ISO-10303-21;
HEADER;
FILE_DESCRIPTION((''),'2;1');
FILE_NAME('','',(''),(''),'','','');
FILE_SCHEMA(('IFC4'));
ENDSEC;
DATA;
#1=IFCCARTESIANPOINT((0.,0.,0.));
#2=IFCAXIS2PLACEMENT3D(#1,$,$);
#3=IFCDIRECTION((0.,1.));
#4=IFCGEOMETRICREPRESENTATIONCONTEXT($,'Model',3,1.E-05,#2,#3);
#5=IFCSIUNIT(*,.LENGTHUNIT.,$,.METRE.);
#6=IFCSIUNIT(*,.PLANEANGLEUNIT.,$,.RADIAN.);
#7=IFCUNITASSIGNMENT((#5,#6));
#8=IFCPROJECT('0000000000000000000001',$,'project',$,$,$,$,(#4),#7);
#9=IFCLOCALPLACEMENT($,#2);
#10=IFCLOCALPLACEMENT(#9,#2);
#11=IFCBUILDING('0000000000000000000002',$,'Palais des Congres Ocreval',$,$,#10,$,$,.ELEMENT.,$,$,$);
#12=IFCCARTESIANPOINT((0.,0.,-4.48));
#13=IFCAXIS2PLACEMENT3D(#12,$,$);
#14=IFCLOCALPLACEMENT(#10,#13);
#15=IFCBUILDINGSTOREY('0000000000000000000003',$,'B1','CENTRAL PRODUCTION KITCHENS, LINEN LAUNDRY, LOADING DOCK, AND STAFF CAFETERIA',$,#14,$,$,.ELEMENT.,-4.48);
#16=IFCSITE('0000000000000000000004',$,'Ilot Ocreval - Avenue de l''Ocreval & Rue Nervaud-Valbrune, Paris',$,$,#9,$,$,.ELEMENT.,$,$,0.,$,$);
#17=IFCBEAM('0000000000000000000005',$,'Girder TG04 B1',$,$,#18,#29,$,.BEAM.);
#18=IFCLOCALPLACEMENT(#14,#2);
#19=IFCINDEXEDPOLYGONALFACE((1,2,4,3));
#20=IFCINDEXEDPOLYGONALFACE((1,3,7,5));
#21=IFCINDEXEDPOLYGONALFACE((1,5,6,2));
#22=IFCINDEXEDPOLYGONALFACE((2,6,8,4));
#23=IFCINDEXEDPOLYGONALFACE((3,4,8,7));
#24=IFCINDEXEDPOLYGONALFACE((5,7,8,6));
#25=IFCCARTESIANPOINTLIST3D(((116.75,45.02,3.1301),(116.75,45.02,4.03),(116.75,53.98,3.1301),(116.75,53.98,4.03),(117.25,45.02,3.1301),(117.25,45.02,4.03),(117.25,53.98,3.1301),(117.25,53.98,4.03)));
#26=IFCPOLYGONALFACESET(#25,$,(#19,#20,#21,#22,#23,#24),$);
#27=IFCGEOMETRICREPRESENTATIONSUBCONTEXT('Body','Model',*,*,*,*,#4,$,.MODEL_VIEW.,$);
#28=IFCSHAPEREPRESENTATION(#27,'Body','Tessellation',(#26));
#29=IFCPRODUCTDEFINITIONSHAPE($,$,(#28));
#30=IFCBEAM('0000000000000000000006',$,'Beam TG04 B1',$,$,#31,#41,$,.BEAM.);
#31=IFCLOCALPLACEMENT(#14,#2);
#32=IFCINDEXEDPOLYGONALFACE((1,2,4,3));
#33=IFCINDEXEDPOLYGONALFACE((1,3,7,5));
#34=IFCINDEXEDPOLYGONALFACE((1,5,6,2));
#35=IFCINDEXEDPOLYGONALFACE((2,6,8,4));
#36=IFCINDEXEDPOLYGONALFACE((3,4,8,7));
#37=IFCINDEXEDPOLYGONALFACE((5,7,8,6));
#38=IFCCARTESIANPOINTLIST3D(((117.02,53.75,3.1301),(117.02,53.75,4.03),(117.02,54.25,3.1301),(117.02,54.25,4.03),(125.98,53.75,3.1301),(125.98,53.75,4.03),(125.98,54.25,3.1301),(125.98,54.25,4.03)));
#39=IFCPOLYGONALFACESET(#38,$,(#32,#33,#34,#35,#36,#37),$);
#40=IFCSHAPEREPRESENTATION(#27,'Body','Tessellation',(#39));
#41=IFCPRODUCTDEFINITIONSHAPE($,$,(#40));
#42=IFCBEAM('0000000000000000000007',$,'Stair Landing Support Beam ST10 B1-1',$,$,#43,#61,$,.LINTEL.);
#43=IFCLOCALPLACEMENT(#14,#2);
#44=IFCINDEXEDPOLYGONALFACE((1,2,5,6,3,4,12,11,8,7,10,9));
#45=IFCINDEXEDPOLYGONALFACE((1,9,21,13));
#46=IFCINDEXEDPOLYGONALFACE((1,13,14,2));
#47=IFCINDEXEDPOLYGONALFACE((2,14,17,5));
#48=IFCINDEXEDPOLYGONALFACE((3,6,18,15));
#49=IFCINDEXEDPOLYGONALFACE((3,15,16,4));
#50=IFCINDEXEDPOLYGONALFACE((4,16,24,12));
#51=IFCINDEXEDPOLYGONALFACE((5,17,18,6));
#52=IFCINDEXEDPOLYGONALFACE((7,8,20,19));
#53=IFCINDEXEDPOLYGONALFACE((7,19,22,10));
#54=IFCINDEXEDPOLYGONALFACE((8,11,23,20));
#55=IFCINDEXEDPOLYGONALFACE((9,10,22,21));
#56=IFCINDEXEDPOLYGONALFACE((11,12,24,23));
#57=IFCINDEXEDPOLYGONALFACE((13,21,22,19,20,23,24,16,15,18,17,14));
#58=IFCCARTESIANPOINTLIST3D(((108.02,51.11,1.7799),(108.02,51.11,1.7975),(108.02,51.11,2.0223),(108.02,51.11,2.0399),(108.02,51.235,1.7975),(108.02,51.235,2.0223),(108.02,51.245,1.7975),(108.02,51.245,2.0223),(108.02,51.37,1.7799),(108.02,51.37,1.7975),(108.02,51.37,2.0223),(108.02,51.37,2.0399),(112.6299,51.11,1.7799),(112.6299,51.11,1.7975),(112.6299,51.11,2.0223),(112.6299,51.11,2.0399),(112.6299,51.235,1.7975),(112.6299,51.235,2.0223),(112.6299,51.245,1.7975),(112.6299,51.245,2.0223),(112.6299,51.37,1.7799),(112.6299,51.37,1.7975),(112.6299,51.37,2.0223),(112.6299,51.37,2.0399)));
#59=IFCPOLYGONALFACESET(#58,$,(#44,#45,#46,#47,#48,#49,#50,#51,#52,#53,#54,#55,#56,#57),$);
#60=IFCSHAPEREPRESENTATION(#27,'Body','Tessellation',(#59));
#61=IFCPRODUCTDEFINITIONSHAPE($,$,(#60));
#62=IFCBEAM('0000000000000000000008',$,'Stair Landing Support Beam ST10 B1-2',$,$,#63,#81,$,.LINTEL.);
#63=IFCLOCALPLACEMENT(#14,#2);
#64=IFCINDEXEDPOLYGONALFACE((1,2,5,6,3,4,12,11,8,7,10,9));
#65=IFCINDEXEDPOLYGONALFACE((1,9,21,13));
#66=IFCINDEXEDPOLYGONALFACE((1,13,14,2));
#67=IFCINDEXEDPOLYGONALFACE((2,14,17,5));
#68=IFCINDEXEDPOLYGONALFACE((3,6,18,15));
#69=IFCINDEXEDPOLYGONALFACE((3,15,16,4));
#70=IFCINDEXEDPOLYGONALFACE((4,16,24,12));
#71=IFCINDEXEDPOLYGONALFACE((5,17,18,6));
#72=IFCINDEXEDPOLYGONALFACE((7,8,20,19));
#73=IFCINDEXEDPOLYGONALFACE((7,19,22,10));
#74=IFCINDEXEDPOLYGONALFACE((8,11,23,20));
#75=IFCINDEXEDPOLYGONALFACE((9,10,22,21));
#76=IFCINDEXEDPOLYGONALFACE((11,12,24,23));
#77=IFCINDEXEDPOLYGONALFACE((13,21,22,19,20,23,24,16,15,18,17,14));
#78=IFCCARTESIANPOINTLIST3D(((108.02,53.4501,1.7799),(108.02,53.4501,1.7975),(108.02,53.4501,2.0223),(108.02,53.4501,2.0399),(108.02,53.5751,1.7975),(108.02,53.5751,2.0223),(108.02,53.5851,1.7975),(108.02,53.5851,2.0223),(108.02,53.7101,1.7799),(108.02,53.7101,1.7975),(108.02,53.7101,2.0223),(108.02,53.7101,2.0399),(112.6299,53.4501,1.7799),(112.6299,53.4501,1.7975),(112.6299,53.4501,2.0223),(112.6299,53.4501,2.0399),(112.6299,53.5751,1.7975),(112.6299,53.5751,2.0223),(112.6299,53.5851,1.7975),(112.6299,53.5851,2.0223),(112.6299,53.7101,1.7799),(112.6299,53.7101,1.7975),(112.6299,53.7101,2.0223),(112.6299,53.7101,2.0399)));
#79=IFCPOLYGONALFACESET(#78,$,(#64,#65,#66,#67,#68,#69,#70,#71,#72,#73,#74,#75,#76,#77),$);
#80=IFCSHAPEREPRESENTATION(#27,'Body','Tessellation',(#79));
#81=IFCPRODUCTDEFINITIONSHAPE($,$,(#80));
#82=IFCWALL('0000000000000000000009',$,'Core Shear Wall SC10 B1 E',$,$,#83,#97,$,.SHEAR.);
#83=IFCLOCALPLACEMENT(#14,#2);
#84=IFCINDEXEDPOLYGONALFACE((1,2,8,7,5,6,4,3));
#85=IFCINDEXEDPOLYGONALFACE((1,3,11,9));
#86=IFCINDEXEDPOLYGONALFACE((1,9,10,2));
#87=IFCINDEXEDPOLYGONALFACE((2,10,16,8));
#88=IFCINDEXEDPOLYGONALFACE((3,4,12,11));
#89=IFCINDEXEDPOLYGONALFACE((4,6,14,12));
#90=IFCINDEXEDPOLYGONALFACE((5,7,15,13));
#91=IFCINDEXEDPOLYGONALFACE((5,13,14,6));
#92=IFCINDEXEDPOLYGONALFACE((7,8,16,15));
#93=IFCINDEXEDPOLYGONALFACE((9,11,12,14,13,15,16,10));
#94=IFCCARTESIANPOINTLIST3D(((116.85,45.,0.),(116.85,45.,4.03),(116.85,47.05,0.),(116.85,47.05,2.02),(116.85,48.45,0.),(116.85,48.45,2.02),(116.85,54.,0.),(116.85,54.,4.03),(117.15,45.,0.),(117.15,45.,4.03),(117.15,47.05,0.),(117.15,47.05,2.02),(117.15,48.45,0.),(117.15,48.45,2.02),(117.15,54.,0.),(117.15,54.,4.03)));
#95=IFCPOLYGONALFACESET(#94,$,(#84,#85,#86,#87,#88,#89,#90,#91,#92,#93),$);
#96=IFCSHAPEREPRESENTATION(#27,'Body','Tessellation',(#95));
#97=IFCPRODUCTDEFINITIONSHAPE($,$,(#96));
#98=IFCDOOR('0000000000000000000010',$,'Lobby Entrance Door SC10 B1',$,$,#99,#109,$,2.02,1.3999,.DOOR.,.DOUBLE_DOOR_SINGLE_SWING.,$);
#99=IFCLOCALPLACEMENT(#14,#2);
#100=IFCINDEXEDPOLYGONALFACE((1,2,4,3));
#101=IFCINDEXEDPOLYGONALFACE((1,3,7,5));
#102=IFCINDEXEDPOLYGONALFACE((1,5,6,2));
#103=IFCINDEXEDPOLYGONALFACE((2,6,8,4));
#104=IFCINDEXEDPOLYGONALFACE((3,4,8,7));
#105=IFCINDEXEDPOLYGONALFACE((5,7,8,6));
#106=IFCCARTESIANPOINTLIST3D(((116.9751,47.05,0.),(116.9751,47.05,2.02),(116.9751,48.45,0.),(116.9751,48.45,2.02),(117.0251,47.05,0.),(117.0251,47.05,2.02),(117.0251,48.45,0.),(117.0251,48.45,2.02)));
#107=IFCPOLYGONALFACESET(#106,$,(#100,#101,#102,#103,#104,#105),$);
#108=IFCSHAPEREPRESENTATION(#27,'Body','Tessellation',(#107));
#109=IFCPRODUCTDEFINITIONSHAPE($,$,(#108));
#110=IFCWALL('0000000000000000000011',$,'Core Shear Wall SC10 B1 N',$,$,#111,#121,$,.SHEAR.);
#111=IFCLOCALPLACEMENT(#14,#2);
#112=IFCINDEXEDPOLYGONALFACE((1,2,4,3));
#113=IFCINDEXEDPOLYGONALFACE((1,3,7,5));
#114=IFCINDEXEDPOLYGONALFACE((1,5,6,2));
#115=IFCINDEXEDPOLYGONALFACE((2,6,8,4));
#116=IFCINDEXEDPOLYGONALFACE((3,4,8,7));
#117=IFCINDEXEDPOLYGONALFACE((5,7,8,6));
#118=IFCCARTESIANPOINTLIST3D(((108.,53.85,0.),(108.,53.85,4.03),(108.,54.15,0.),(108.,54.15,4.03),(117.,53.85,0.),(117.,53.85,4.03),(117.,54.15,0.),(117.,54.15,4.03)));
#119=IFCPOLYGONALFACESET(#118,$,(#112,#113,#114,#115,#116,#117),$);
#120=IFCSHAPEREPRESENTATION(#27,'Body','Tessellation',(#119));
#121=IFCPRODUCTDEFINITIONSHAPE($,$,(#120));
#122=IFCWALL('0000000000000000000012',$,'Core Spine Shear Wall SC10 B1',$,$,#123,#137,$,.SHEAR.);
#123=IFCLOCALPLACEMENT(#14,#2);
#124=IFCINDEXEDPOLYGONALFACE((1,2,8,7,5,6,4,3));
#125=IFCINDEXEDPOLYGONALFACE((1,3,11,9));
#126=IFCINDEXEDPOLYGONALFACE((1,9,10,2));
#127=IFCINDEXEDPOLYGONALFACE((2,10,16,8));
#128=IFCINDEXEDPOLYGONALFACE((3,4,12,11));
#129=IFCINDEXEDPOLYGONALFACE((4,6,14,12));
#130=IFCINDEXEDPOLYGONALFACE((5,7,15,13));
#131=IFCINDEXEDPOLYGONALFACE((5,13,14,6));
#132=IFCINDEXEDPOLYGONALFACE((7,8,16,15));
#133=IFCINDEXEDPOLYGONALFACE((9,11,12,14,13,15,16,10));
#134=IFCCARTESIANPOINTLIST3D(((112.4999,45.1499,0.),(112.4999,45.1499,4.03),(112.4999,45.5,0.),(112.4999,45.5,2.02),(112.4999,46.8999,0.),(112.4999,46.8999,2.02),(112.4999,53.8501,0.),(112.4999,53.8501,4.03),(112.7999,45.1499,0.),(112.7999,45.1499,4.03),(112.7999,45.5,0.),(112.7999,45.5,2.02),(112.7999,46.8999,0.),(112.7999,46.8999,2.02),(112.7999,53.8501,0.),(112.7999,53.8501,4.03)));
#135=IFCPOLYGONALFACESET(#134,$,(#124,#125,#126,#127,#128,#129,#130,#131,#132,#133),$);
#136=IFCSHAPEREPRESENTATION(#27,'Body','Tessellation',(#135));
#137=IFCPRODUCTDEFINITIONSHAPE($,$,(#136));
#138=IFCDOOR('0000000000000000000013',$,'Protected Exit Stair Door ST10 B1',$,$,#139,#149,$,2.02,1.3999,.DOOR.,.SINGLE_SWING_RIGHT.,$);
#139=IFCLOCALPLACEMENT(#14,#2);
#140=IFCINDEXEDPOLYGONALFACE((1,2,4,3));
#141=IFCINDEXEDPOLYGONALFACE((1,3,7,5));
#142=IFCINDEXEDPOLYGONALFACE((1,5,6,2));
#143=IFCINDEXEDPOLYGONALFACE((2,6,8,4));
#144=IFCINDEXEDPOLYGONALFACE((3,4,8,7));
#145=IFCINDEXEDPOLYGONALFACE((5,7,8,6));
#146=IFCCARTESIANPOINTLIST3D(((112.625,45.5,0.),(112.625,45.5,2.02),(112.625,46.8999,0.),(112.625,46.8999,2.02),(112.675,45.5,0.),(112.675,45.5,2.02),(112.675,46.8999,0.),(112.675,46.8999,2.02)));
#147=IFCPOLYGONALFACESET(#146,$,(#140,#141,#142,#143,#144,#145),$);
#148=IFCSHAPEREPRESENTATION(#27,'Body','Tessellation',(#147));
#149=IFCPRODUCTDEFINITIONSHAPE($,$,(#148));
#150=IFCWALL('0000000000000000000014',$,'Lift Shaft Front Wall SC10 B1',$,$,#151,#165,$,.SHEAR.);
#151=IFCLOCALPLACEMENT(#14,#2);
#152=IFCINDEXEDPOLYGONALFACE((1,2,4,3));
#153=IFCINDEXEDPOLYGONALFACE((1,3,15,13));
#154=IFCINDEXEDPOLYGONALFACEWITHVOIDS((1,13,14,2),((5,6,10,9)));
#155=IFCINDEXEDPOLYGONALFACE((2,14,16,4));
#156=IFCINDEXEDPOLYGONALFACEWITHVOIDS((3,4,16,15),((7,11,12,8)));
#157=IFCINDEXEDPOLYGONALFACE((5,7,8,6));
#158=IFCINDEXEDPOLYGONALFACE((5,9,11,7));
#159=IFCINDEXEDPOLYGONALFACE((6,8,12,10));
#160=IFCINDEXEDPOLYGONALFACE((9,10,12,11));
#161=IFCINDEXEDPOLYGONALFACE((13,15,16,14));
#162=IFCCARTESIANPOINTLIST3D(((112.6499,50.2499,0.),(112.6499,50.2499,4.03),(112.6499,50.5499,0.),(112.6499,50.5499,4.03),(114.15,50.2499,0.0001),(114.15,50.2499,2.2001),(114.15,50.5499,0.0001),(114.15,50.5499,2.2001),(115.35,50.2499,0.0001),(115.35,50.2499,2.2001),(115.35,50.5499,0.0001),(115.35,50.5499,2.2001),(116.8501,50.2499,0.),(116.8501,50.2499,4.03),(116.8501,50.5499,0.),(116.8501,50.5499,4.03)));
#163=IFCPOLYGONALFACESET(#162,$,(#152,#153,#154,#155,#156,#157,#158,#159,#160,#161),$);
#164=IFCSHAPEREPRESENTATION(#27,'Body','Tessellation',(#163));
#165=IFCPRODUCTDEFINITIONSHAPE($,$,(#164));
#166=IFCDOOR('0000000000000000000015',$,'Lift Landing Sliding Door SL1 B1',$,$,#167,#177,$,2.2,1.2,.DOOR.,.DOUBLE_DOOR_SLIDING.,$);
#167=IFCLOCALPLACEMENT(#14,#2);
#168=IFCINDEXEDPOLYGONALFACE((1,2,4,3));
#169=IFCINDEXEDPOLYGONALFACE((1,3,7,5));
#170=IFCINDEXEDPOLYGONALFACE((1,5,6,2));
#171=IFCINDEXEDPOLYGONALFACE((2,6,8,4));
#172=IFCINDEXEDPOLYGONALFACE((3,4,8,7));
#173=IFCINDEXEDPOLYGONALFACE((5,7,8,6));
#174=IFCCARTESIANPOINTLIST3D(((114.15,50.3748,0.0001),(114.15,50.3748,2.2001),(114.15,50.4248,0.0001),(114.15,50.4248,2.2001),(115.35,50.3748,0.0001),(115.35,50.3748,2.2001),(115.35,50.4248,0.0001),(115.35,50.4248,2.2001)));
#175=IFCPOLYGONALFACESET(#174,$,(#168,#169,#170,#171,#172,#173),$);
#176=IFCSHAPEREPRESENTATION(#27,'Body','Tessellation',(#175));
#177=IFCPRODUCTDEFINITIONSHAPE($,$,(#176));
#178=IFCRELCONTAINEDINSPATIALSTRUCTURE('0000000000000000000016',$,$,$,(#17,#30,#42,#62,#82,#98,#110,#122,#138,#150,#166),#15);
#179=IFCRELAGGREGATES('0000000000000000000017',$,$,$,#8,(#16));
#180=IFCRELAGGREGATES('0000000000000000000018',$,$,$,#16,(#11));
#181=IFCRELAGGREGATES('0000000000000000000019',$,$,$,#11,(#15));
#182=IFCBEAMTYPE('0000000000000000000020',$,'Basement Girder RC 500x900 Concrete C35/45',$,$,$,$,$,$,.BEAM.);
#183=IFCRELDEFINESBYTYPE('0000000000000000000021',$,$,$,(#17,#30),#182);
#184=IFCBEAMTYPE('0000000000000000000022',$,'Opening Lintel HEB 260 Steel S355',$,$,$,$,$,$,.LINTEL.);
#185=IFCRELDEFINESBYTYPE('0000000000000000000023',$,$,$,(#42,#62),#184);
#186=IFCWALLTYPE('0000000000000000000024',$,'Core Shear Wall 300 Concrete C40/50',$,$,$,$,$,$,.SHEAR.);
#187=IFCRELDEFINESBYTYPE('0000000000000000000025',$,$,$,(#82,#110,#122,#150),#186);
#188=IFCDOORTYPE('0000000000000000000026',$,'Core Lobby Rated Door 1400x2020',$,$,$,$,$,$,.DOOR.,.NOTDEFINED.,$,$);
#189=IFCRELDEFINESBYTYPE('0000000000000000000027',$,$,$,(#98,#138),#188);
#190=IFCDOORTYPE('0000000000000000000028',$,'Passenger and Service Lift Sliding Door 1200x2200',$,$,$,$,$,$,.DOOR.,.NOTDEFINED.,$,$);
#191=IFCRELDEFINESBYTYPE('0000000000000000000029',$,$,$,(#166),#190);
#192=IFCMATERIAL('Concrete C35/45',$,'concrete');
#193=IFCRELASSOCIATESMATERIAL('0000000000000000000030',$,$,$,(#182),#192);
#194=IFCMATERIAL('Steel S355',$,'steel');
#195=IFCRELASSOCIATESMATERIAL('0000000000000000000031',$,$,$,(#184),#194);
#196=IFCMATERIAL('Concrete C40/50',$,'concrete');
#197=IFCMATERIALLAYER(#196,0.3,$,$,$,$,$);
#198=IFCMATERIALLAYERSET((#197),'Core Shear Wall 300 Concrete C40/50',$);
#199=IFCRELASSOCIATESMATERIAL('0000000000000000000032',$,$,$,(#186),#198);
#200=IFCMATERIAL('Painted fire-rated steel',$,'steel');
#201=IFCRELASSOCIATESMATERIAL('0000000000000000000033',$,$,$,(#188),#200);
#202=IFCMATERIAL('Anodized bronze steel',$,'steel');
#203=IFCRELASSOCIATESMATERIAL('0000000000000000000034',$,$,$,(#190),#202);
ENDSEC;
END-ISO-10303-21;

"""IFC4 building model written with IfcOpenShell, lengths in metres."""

from ifc_helpers import new_model, si_unit, direction, frame, frame_2d, origin, origin_2d, place, context, subcontext, project, spatial, rectangle, i_section, extrude, material, layer, layer_set, material_profile, profile_set, type_object, element, fill, save


model = new_model("IFC4")

# Units and contexts
model_context = context("Model", 3, precision=1e-05, world=origin(), true_north=direction((0.0, 1.0)))
body_context = subcontext(model_context, "Body", "Model", "MODEL_VIEW")
ifc_project = project(units=[si_unit("LENGTHUNIT", "METRE"), si_unit("PLANEANGLEUNIT", "RADIAN")], contexts=[model_context])

# Site, building, storey
site_placement = place(None, origin())
site = spatial("IfcSite", under=ifc_project, at=site_placement, Name="Ilot Ocreval - Avenue de l'Ocreval & Rue Nervaud-Valbrune, Paris", CompositionType="ELEMENT", RefElevation=0.0)
building_placement = place(site_placement, origin())
building = spatial("IfcBuilding", under=site, at=building_placement, Name="Palais des Congres Ocreval", CompositionType="ELEMENT")
storey_placement = place(building_placement, frame((0.0, 0.0, -4.48)))
storey = spatial("IfcBuildingStorey", under=building, at=storey_placement, Name="B1", Description="CENTRAL PRODUCTION KITCHENS, LINEN LAUNDRY, LOADING DOCK, AND STAFF CAFETERIA", CompositionType="ELEMENT", Elevation=-4.48)

# Shared definitions
ifc_material_1 = material(Name="Steel S355", Category="steel")

# Beams
ifc_material_2 = material(Name="Concrete C35/45", Category="concrete")
ifc_material_profile_1 = material_profile(ifc_material_2, rectangle(XDim=0.5, YDim=0.8999, at=origin_2d()), Name="RC 500x900")
ifc_profile_set_1 = profile_set([ifc_material_profile_1], Name="Concrete C35/45")
beam_type_1 = type_object("IfcBeamType", Name="Basement Girder RC 500x900 Concrete C35/45", PredefinedType="BEAM", material=ifc_profile_set_1)
for number, where, z_axis, x_axis, name in (
    (1, (117.0, 45.02, 3.5801), (0.0, 1.0, 0.0), (-1.0, 0.0, 0.0), "Girder TG04 B1"),
    (2, (117.02, 54.0, 3.5801), (1.0, 0.0, 0.0), (0.0, 1.0, 0.0), "Beam TG04 B1"),
):
    element("IfcBeam", number, at=place(storey_placement, frame(where, z_axis=z_axis, x_axis=x_axis)), inside=storey, type_object=beam_type_1, Name=name, PredefinedType="BEAM", context=body_context, shape_type="SweptSolid", body=[
        extrude(rectangle(XDim=0.5, YDim=0.8999, at=origin_2d()), origin(), (0.0, 0.0, 1.0), 8.96),
    ])
ifc_material_profile_2 = material_profile(ifc_material_1, i_section(OverallWidth=0.26, OverallDepth=0.26, WebThickness=0.01, FlangeThickness=0.0176, at=origin_2d()), Name="HEB 260")
ifc_profile_set_2 = profile_set([ifc_material_profile_2], Name="Steel S355")
beam_type_2 = type_object("IfcBeamType", Name="Opening Lintel HEB 260 Steel S355", PredefinedType="LINTEL", material=ifc_profile_set_2)
for number, where, z_axis, x_axis, name in (
    (3, (108.02, 51.24, 1.9099), (1.0, 0.0, 0.0), (0.0, 1.0, 0.0), "Stair Landing Support Beam ST10 B1-1"),
    (4, (108.02, 53.5801, 1.9099), (1.0, 0.0, 0.0), (0.0, 1.0, 0.0), "Stair Landing Support Beam ST10 B1-2"),
):
    element("IfcBeam", number, at=place(storey_placement, frame(where, z_axis=z_axis, x_axis=x_axis)), inside=storey, type_object=beam_type_2, Name=name, PredefinedType="LINTEL", context=body_context, shape_type="SweptSolid", body=[
        extrude(i_section(OverallWidth=0.26, OverallDepth=0.26, WebThickness=0.01, FlangeThickness=0.0176, at=origin_2d()), origin(), (0.0, 0.0, 1.0), 4.6099),
    ])

# Wall, opening, door
ifc_material_3 = material(Name="Concrete C40/50", Category="concrete")
ifc_layer_1 = layer(ifc_material_3, 0.3)
ifc_layer_set_1 = layer_set([ifc_layer_1], Name="Core Shear Wall 300 Concrete C40/50")
wall_type_1 = type_object("IfcWallType", Name="Core Shear Wall 300 Concrete C40/50", PredefinedType="SHEAR", material=ifc_layer_set_1)
wall_1_placement = place(storey_placement, frame((117.0, 45.0, 0.0), z_axis=(0.0, 0.0, 1.0), x_axis=(0.0, 1.0, 0.0)))
wall_1 = element("IfcWall", 5, at=wall_1_placement, inside=storey, type_object=wall_type_1, Name="Core Shear Wall SC10 B1 E", PredefinedType="SHEAR", context=body_context, shape_type="SweptSolid", body=[
    extrude(rectangle(XDim=9.0, YDim=0.3, at=frame_2d((4.5, 0.0))), origin(), (0.0, 0.0, 1.0), 4.03),
])
opening_1_placement = place(wall_1_placement, frame((2.05, 0.0, 0.0)))
opening_1 = element("IfcOpeningElement", 6, at=opening_1_placement, cuts=wall_1, PredefinedType="OPENING", context=body_context, shape_type="SweptSolid", body=[
    extrude(rectangle(XDim=1.3999, YDim=2.02, at=frame_2d((0.7, 1.01))), frame((0.0, 0.1599, 0.0), z_axis=(0.0, -1.0, 0.0), x_axis=(1.0, 0.0, 0.0)), (0.0, 0.0, 1.0), 0.3201),
])
ifc_material_4 = material(Name="Painted fire-rated steel", Category="steel")
door_type_1 = type_object("IfcDoorType", Name="Core Lobby Rated Door 1400x2020", OperationType="NOTDEFINED", PredefinedType="DOOR", material=ifc_material_4)
door_1_placement = place(opening_1_placement, origin())
door_1 = element("IfcDoor", 7, at=door_1_placement, inside=storey, type_object=door_type_1, Name="Lobby Entrance Door SC10 B1", OperationType="DOUBLE_DOOR_SINGLE_SWING", OverallHeight=2.02, OverallWidth=1.3999, PredefinedType="DOOR", context=body_context, shape_type="SweptSolid", body=[
    extrude(rectangle(XDim=1.3999, YDim=2.02, at=frame_2d((0.7, 1.01))), frame((0.0, 0.0249, 0.0), z_axis=(0.0, -1.0, 0.0), x_axis=(1.0, 0.0, 0.0)), (0.0, 0.0, 1.0), 0.05),
])
fill(opening_1, door_1)

# Wall
wall_2_placement = place(storey_placement, frame((108.0, 54.0, 0.0), z_axis=(0.0, 0.0, 1.0), x_axis=(1.0, 0.0, 0.0)))
element("IfcWall", 8, at=wall_2_placement, inside=storey, type_object=wall_type_1, Name="Core Shear Wall SC10 B1 N", PredefinedType="SHEAR", context=body_context, shape_type="SweptSolid", body=[
    extrude(rectangle(XDim=9.0, YDim=0.3, at=frame_2d((4.5, 0.0))), origin(), (0.0, 0.0, 1.0), 4.03),
])

# Walls, openings, doors
wall_3_placement = place(storey_placement, frame((112.6499, 45.1499, 0.0), z_axis=(0.0, 0.0, 1.0), x_axis=(0.0, 1.0, 0.0)))
wall_3 = element("IfcWall", 9, at=wall_3_placement, inside=storey, type_object=wall_type_1, Name="Core Spine Shear Wall SC10 B1", PredefinedType="SHEAR", context=body_context, shape_type="SweptSolid", body=[
    extrude(rectangle(XDim=8.7002, YDim=0.3, at=frame_2d((4.3501, 0.0))), origin(), (0.0, 0.0, 1.0), 4.03),
])
opening_2_placement = place(wall_3_placement, frame((0.3501, 0.0, 0.0)))
opening_2 = element("IfcOpeningElement", 10, at=opening_2_placement, cuts=wall_3, PredefinedType="OPENING", context=body_context, shape_type="SweptSolid", body=[
    extrude(rectangle(XDim=1.3999, YDim=2.02, at=frame_2d((0.7, 1.01))), frame((0.0, 0.1599, 0.0), z_axis=(0.0, -1.0, 0.0), x_axis=(1.0, 0.0, 0.0)), (0.0, 0.0, 1.0), 0.3201),
])
door_2_placement = place(opening_2_placement, origin())
door_2 = element("IfcDoor", 11, at=door_2_placement, inside=storey, type_object=door_type_1, Name="Protected Exit Stair Door ST10 B1", OperationType="SINGLE_SWING_RIGHT", OverallHeight=2.02, OverallWidth=1.3999, PredefinedType="DOOR", context=body_context, shape_type="SweptSolid", body=[
    extrude(rectangle(XDim=1.3999, YDim=2.02, at=frame_2d((0.7, 1.01))), frame((0.0, 0.0249, 0.0), z_axis=(0.0, -1.0, 0.0), x_axis=(1.0, 0.0, 0.0)), (0.0, 0.0, 1.0), 0.05),
])
fill(opening_2, door_2)
wall_4_placement = place(storey_placement, frame((112.6499, 50.3999, 0.0), z_axis=(0.0, 0.0, 1.0), x_axis=(1.0, 0.0, 0.0)))
wall_4 = element("IfcWall", 12, at=wall_4_placement, inside=storey, type_object=wall_type_1, Name="Lift Shaft Front Wall SC10 B1", PredefinedType="SHEAR", context=body_context, shape_type="SweptSolid", body=[
    extrude(rectangle(XDim=4.2002, YDim=0.3, at=frame_2d((2.1001, 0.0))), origin(), (0.0, 0.0, 1.0), 4.03),
])
opening_3_placement = place(wall_4_placement, frame((1.5, 0.0, 0.0)))
opening_3 = element("IfcOpeningElement", 13, at=opening_3_placement, cuts=wall_4, PredefinedType="OPENING", context=body_context, shape_type="SweptSolid", body=[
    extrude(rectangle(XDim=1.2, YDim=2.2, at=frame_2d((0.6001, 1.1001))), frame((0.0, 0.1599, 0.0), z_axis=(0.0, -1.0, 0.0), x_axis=(1.0, 0.0, 0.0)), (0.0, 0.0, 1.0), 0.3201),
])
ifc_material_5 = material(Name="Anodized bronze steel", Category="steel")
door_type_2 = type_object("IfcDoorType", Name="Passenger and Service Lift Sliding Door 1200x2200", OperationType="NOTDEFINED", PredefinedType="DOOR", material=ifc_material_5)
door_3_placement = place(opening_3_placement, origin())
door_3 = element("IfcDoor", 14, at=door_3_placement, inside=storey, type_object=door_type_2, Name="Lift Landing Sliding Door SL1 B1", OperationType="DOUBLE_DOOR_SLIDING", OverallHeight=2.2, OverallWidth=1.2, PredefinedType="DOOR", context=body_context, shape_type="SweptSolid", body=[
    extrude(rectangle(XDim=1.2, YDim=2.2, at=frame_2d((0.6001, 1.1001))), frame((0.0, 0.0249, 0.0), z_axis=(0.0, -1.0, 0.0), x_axis=(1.0, 0.0, 0.0)), (0.0, 0.0, 1.0), 0.05),
])
fill(opening_3, door_3)

save(model, "model.ifc")
